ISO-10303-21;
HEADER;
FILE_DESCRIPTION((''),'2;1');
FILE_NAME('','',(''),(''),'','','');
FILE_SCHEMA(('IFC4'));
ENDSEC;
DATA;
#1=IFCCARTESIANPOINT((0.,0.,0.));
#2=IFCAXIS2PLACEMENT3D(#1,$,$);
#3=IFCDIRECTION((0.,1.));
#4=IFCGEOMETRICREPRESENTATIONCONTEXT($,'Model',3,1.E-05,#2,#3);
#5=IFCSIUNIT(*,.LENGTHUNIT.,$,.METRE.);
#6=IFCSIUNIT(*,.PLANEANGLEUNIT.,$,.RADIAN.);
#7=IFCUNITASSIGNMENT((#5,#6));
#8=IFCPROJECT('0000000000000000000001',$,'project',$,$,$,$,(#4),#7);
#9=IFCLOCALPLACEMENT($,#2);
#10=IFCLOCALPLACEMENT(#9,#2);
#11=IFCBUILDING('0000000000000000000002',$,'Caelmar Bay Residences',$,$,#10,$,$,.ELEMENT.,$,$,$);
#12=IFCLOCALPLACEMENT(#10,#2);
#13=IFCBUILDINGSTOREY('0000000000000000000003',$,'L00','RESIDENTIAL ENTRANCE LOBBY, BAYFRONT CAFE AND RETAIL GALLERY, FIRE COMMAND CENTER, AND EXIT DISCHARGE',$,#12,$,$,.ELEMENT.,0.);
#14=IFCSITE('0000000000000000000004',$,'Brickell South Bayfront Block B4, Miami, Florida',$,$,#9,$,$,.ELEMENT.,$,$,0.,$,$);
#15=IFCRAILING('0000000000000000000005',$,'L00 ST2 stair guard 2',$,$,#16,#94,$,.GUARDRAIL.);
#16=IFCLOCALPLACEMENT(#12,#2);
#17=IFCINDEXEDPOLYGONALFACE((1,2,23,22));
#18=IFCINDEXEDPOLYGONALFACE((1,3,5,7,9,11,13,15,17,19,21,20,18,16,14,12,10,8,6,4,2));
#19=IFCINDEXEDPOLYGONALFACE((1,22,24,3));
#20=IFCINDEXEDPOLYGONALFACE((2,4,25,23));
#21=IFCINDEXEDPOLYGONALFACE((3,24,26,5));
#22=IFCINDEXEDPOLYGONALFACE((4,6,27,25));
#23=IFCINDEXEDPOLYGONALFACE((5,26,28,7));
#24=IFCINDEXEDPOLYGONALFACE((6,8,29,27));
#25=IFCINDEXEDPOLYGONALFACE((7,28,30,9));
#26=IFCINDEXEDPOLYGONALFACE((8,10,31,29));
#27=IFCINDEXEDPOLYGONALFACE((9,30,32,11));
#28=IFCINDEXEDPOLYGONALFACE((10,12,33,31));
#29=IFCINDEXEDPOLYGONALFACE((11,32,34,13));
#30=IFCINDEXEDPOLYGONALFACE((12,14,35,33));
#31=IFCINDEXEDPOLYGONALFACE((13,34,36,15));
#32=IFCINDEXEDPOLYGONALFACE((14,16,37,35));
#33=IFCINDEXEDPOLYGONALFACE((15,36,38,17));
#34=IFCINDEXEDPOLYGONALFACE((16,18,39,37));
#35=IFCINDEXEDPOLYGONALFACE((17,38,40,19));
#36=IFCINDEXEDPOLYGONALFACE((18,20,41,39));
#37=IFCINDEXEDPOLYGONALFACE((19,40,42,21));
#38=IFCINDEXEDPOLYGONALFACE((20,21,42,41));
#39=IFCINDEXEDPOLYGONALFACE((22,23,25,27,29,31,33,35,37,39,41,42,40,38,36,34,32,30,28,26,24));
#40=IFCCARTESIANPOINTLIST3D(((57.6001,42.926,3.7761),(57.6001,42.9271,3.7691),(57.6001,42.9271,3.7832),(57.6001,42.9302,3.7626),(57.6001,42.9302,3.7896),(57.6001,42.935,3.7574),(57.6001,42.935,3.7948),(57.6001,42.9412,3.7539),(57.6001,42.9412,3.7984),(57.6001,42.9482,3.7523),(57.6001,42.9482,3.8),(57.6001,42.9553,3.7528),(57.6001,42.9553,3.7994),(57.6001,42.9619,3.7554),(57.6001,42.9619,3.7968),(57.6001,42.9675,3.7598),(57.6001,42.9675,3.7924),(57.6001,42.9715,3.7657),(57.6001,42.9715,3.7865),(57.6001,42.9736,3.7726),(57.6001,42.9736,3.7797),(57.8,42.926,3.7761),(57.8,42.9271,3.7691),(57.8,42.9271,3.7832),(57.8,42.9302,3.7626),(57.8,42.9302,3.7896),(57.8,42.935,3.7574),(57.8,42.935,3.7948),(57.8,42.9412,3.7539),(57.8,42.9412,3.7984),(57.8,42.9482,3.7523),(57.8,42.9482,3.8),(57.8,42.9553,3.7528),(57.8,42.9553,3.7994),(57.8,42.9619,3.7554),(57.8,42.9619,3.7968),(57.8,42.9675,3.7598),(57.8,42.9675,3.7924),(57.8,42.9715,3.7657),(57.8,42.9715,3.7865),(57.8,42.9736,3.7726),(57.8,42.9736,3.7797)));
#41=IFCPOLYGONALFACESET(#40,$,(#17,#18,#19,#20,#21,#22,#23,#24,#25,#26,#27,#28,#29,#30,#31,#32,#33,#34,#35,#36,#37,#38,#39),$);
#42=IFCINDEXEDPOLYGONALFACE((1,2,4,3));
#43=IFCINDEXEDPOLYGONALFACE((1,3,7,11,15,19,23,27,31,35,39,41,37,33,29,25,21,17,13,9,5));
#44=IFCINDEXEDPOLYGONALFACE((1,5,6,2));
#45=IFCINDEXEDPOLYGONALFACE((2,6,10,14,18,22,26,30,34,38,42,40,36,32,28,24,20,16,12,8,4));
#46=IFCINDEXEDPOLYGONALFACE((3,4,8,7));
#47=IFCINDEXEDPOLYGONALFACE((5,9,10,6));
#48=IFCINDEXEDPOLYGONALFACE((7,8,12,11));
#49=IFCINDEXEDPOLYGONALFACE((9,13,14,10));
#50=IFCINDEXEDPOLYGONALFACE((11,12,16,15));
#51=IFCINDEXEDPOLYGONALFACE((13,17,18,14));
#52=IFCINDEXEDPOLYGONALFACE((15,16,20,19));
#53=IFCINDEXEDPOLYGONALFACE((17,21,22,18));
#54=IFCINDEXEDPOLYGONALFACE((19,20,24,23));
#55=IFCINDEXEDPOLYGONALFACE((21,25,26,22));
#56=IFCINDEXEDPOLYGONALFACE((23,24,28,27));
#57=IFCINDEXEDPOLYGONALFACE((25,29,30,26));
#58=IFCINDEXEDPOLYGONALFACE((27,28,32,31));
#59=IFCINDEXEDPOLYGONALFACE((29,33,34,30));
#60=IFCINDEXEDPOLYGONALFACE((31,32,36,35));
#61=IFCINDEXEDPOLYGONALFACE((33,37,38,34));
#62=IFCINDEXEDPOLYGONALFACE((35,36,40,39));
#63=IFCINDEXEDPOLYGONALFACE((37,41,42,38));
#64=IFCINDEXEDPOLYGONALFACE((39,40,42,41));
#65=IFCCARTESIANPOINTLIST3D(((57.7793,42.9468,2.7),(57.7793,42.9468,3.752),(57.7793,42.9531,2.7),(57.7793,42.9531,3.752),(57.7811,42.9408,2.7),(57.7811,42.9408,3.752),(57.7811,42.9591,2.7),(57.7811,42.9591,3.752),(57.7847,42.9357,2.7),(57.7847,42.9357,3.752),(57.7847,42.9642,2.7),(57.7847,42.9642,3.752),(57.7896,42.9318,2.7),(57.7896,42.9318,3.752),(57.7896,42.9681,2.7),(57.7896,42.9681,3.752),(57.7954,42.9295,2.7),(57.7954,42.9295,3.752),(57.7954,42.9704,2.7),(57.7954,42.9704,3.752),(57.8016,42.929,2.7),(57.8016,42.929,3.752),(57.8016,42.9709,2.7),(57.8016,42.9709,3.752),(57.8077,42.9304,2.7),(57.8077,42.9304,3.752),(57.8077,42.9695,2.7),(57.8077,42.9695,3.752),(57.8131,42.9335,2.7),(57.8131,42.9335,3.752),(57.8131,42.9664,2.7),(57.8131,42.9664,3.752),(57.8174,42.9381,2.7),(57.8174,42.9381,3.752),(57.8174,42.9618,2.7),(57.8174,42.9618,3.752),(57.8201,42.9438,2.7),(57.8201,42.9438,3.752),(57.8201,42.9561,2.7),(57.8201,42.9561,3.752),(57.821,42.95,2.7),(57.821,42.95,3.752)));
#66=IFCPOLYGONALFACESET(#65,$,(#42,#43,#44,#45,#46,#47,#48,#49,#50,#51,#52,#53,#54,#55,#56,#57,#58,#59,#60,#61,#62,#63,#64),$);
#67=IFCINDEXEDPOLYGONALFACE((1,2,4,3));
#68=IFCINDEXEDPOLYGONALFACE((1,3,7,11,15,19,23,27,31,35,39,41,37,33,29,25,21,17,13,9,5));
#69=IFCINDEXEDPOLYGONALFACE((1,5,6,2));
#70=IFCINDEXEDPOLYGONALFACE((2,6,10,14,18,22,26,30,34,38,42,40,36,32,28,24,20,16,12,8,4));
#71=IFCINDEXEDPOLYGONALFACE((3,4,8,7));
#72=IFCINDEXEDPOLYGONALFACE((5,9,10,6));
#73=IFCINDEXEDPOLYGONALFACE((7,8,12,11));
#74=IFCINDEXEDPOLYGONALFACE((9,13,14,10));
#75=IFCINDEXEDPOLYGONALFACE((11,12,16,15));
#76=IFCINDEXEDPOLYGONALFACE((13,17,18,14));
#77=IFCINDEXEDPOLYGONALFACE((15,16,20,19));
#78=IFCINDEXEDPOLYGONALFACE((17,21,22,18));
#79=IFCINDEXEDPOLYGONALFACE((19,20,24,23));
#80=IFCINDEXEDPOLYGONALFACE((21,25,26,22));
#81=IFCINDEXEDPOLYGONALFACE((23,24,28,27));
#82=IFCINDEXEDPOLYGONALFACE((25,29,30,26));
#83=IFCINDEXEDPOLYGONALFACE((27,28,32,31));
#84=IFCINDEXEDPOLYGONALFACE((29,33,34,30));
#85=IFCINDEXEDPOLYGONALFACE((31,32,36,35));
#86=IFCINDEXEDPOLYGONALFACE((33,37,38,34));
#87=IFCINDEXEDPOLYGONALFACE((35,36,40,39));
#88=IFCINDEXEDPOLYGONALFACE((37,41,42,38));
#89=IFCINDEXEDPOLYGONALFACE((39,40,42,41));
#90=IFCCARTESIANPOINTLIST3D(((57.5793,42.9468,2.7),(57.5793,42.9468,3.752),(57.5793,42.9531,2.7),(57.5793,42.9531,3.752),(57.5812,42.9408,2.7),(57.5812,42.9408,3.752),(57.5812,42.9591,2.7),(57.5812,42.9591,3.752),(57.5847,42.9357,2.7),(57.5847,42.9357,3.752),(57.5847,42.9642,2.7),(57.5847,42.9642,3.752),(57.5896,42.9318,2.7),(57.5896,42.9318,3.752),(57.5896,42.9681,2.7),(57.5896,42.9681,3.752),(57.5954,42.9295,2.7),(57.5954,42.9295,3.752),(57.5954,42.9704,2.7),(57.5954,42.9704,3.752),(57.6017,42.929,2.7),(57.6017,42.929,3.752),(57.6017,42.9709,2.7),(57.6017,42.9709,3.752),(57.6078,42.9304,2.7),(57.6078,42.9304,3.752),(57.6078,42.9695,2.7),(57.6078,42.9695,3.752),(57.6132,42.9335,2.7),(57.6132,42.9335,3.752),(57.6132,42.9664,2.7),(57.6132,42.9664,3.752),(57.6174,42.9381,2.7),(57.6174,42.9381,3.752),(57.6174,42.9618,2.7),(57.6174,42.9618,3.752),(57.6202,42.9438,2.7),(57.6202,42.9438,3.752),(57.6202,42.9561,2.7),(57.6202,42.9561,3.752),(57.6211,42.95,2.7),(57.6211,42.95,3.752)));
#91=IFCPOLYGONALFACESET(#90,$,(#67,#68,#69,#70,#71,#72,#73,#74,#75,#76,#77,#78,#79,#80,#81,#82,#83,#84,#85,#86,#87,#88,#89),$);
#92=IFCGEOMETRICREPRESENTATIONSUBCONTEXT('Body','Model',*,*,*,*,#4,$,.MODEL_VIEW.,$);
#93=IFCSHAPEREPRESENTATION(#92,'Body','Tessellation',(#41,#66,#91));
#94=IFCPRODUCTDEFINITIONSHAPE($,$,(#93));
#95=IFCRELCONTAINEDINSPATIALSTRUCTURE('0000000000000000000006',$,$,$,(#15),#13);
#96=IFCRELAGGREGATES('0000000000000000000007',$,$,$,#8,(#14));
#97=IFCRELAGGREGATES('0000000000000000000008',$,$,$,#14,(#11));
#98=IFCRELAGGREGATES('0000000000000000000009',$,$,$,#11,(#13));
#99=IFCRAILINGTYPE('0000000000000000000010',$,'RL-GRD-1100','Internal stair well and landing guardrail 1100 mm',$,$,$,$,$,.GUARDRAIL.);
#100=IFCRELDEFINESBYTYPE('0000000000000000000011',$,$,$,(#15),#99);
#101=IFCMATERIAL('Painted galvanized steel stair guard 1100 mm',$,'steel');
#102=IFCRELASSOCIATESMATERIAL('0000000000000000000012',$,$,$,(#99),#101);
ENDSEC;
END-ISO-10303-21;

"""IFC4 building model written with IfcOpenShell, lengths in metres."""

from ifc_helpers import new_model, si_unit, direction, frame, origin, origin_2d, place, context, subcontext, project, spatial, circle, extrude, material, type_object, element, save


model = new_model("IFC4")

# Units and contexts
model_context = context("Model", 3, precision=1e-05, world=origin(), true_north=direction((0.0, 1.0)))
body_context = subcontext(model_context, "Body", "Model", "MODEL_VIEW")
ifc_project = project(units=[si_unit("LENGTHUNIT", "METRE"), si_unit("PLANEANGLEUNIT", "RADIAN")], contexts=[model_context])

# Site, building, storey
site_placement = place(None, origin())
site = spatial("IfcSite", under=ifc_project, at=site_placement, Name="Brickell South Bayfront Block B4, Miami, Florida", CompositionType="ELEMENT", RefElevation=0.0)
building_placement = place(site_placement, origin())
building = spatial("IfcBuilding", under=site, at=building_placement, Name="Caelmar Bay Residences", CompositionType="ELEMENT")
storey_placement = place(building_placement, origin())
storey = spatial("IfcBuildingStorey", under=building, at=storey_placement, Name="L00", Description="RESIDENTIAL ENTRANCE LOBBY, BAYFRONT CAFE AND RETAIL GALLERY, FIRE COMMAND CENTER, AND EXIT DISCHARGE", CompositionType="ELEMENT", Elevation=0.0)

# Railing
ifc_material_1 = material(Name="Painted galvanized steel stair guard 1100 mm", Category="steel")
railing_type_1 = type_object("IfcRailingType", Name="RL-GRD-1100", Description="Internal stair well and landing guardrail 1100 mm", PredefinedType="GUARDRAIL", material=ifc_material_1)
railing_1_placement = place(storey_placement, frame((57.8, 42.95, 2.7)))
element("IfcRailing", 1, at=railing_1_placement, inside=storey, type_object=railing_type_1, Name="L00 ST2 stair guard 2", PredefinedType="GUARDRAIL", context=body_context, shape_type="SweptSolid", body=[
    extrude(circle(Radius=0.0239, at=origin_2d()), frame((0.0, 0.0, 1.0762), z_axis=(-1.0, 0.0, 0.0), x_axis=(0.0, -1.0, 0.0)), (0.0, 0.0, 1.0), 0.2),
    extrude(circle(Radius=0.021, at=origin_2d()), origin(), (0.0, 0.0, 1.0), 1.052),
    extrude(circle(Radius=0.021, at=origin_2d()), frame((-0.2, 0.0, 0.0)), (0.0, 0.0, 1.0), 1.052),
])

save(model, "model.ifc")
